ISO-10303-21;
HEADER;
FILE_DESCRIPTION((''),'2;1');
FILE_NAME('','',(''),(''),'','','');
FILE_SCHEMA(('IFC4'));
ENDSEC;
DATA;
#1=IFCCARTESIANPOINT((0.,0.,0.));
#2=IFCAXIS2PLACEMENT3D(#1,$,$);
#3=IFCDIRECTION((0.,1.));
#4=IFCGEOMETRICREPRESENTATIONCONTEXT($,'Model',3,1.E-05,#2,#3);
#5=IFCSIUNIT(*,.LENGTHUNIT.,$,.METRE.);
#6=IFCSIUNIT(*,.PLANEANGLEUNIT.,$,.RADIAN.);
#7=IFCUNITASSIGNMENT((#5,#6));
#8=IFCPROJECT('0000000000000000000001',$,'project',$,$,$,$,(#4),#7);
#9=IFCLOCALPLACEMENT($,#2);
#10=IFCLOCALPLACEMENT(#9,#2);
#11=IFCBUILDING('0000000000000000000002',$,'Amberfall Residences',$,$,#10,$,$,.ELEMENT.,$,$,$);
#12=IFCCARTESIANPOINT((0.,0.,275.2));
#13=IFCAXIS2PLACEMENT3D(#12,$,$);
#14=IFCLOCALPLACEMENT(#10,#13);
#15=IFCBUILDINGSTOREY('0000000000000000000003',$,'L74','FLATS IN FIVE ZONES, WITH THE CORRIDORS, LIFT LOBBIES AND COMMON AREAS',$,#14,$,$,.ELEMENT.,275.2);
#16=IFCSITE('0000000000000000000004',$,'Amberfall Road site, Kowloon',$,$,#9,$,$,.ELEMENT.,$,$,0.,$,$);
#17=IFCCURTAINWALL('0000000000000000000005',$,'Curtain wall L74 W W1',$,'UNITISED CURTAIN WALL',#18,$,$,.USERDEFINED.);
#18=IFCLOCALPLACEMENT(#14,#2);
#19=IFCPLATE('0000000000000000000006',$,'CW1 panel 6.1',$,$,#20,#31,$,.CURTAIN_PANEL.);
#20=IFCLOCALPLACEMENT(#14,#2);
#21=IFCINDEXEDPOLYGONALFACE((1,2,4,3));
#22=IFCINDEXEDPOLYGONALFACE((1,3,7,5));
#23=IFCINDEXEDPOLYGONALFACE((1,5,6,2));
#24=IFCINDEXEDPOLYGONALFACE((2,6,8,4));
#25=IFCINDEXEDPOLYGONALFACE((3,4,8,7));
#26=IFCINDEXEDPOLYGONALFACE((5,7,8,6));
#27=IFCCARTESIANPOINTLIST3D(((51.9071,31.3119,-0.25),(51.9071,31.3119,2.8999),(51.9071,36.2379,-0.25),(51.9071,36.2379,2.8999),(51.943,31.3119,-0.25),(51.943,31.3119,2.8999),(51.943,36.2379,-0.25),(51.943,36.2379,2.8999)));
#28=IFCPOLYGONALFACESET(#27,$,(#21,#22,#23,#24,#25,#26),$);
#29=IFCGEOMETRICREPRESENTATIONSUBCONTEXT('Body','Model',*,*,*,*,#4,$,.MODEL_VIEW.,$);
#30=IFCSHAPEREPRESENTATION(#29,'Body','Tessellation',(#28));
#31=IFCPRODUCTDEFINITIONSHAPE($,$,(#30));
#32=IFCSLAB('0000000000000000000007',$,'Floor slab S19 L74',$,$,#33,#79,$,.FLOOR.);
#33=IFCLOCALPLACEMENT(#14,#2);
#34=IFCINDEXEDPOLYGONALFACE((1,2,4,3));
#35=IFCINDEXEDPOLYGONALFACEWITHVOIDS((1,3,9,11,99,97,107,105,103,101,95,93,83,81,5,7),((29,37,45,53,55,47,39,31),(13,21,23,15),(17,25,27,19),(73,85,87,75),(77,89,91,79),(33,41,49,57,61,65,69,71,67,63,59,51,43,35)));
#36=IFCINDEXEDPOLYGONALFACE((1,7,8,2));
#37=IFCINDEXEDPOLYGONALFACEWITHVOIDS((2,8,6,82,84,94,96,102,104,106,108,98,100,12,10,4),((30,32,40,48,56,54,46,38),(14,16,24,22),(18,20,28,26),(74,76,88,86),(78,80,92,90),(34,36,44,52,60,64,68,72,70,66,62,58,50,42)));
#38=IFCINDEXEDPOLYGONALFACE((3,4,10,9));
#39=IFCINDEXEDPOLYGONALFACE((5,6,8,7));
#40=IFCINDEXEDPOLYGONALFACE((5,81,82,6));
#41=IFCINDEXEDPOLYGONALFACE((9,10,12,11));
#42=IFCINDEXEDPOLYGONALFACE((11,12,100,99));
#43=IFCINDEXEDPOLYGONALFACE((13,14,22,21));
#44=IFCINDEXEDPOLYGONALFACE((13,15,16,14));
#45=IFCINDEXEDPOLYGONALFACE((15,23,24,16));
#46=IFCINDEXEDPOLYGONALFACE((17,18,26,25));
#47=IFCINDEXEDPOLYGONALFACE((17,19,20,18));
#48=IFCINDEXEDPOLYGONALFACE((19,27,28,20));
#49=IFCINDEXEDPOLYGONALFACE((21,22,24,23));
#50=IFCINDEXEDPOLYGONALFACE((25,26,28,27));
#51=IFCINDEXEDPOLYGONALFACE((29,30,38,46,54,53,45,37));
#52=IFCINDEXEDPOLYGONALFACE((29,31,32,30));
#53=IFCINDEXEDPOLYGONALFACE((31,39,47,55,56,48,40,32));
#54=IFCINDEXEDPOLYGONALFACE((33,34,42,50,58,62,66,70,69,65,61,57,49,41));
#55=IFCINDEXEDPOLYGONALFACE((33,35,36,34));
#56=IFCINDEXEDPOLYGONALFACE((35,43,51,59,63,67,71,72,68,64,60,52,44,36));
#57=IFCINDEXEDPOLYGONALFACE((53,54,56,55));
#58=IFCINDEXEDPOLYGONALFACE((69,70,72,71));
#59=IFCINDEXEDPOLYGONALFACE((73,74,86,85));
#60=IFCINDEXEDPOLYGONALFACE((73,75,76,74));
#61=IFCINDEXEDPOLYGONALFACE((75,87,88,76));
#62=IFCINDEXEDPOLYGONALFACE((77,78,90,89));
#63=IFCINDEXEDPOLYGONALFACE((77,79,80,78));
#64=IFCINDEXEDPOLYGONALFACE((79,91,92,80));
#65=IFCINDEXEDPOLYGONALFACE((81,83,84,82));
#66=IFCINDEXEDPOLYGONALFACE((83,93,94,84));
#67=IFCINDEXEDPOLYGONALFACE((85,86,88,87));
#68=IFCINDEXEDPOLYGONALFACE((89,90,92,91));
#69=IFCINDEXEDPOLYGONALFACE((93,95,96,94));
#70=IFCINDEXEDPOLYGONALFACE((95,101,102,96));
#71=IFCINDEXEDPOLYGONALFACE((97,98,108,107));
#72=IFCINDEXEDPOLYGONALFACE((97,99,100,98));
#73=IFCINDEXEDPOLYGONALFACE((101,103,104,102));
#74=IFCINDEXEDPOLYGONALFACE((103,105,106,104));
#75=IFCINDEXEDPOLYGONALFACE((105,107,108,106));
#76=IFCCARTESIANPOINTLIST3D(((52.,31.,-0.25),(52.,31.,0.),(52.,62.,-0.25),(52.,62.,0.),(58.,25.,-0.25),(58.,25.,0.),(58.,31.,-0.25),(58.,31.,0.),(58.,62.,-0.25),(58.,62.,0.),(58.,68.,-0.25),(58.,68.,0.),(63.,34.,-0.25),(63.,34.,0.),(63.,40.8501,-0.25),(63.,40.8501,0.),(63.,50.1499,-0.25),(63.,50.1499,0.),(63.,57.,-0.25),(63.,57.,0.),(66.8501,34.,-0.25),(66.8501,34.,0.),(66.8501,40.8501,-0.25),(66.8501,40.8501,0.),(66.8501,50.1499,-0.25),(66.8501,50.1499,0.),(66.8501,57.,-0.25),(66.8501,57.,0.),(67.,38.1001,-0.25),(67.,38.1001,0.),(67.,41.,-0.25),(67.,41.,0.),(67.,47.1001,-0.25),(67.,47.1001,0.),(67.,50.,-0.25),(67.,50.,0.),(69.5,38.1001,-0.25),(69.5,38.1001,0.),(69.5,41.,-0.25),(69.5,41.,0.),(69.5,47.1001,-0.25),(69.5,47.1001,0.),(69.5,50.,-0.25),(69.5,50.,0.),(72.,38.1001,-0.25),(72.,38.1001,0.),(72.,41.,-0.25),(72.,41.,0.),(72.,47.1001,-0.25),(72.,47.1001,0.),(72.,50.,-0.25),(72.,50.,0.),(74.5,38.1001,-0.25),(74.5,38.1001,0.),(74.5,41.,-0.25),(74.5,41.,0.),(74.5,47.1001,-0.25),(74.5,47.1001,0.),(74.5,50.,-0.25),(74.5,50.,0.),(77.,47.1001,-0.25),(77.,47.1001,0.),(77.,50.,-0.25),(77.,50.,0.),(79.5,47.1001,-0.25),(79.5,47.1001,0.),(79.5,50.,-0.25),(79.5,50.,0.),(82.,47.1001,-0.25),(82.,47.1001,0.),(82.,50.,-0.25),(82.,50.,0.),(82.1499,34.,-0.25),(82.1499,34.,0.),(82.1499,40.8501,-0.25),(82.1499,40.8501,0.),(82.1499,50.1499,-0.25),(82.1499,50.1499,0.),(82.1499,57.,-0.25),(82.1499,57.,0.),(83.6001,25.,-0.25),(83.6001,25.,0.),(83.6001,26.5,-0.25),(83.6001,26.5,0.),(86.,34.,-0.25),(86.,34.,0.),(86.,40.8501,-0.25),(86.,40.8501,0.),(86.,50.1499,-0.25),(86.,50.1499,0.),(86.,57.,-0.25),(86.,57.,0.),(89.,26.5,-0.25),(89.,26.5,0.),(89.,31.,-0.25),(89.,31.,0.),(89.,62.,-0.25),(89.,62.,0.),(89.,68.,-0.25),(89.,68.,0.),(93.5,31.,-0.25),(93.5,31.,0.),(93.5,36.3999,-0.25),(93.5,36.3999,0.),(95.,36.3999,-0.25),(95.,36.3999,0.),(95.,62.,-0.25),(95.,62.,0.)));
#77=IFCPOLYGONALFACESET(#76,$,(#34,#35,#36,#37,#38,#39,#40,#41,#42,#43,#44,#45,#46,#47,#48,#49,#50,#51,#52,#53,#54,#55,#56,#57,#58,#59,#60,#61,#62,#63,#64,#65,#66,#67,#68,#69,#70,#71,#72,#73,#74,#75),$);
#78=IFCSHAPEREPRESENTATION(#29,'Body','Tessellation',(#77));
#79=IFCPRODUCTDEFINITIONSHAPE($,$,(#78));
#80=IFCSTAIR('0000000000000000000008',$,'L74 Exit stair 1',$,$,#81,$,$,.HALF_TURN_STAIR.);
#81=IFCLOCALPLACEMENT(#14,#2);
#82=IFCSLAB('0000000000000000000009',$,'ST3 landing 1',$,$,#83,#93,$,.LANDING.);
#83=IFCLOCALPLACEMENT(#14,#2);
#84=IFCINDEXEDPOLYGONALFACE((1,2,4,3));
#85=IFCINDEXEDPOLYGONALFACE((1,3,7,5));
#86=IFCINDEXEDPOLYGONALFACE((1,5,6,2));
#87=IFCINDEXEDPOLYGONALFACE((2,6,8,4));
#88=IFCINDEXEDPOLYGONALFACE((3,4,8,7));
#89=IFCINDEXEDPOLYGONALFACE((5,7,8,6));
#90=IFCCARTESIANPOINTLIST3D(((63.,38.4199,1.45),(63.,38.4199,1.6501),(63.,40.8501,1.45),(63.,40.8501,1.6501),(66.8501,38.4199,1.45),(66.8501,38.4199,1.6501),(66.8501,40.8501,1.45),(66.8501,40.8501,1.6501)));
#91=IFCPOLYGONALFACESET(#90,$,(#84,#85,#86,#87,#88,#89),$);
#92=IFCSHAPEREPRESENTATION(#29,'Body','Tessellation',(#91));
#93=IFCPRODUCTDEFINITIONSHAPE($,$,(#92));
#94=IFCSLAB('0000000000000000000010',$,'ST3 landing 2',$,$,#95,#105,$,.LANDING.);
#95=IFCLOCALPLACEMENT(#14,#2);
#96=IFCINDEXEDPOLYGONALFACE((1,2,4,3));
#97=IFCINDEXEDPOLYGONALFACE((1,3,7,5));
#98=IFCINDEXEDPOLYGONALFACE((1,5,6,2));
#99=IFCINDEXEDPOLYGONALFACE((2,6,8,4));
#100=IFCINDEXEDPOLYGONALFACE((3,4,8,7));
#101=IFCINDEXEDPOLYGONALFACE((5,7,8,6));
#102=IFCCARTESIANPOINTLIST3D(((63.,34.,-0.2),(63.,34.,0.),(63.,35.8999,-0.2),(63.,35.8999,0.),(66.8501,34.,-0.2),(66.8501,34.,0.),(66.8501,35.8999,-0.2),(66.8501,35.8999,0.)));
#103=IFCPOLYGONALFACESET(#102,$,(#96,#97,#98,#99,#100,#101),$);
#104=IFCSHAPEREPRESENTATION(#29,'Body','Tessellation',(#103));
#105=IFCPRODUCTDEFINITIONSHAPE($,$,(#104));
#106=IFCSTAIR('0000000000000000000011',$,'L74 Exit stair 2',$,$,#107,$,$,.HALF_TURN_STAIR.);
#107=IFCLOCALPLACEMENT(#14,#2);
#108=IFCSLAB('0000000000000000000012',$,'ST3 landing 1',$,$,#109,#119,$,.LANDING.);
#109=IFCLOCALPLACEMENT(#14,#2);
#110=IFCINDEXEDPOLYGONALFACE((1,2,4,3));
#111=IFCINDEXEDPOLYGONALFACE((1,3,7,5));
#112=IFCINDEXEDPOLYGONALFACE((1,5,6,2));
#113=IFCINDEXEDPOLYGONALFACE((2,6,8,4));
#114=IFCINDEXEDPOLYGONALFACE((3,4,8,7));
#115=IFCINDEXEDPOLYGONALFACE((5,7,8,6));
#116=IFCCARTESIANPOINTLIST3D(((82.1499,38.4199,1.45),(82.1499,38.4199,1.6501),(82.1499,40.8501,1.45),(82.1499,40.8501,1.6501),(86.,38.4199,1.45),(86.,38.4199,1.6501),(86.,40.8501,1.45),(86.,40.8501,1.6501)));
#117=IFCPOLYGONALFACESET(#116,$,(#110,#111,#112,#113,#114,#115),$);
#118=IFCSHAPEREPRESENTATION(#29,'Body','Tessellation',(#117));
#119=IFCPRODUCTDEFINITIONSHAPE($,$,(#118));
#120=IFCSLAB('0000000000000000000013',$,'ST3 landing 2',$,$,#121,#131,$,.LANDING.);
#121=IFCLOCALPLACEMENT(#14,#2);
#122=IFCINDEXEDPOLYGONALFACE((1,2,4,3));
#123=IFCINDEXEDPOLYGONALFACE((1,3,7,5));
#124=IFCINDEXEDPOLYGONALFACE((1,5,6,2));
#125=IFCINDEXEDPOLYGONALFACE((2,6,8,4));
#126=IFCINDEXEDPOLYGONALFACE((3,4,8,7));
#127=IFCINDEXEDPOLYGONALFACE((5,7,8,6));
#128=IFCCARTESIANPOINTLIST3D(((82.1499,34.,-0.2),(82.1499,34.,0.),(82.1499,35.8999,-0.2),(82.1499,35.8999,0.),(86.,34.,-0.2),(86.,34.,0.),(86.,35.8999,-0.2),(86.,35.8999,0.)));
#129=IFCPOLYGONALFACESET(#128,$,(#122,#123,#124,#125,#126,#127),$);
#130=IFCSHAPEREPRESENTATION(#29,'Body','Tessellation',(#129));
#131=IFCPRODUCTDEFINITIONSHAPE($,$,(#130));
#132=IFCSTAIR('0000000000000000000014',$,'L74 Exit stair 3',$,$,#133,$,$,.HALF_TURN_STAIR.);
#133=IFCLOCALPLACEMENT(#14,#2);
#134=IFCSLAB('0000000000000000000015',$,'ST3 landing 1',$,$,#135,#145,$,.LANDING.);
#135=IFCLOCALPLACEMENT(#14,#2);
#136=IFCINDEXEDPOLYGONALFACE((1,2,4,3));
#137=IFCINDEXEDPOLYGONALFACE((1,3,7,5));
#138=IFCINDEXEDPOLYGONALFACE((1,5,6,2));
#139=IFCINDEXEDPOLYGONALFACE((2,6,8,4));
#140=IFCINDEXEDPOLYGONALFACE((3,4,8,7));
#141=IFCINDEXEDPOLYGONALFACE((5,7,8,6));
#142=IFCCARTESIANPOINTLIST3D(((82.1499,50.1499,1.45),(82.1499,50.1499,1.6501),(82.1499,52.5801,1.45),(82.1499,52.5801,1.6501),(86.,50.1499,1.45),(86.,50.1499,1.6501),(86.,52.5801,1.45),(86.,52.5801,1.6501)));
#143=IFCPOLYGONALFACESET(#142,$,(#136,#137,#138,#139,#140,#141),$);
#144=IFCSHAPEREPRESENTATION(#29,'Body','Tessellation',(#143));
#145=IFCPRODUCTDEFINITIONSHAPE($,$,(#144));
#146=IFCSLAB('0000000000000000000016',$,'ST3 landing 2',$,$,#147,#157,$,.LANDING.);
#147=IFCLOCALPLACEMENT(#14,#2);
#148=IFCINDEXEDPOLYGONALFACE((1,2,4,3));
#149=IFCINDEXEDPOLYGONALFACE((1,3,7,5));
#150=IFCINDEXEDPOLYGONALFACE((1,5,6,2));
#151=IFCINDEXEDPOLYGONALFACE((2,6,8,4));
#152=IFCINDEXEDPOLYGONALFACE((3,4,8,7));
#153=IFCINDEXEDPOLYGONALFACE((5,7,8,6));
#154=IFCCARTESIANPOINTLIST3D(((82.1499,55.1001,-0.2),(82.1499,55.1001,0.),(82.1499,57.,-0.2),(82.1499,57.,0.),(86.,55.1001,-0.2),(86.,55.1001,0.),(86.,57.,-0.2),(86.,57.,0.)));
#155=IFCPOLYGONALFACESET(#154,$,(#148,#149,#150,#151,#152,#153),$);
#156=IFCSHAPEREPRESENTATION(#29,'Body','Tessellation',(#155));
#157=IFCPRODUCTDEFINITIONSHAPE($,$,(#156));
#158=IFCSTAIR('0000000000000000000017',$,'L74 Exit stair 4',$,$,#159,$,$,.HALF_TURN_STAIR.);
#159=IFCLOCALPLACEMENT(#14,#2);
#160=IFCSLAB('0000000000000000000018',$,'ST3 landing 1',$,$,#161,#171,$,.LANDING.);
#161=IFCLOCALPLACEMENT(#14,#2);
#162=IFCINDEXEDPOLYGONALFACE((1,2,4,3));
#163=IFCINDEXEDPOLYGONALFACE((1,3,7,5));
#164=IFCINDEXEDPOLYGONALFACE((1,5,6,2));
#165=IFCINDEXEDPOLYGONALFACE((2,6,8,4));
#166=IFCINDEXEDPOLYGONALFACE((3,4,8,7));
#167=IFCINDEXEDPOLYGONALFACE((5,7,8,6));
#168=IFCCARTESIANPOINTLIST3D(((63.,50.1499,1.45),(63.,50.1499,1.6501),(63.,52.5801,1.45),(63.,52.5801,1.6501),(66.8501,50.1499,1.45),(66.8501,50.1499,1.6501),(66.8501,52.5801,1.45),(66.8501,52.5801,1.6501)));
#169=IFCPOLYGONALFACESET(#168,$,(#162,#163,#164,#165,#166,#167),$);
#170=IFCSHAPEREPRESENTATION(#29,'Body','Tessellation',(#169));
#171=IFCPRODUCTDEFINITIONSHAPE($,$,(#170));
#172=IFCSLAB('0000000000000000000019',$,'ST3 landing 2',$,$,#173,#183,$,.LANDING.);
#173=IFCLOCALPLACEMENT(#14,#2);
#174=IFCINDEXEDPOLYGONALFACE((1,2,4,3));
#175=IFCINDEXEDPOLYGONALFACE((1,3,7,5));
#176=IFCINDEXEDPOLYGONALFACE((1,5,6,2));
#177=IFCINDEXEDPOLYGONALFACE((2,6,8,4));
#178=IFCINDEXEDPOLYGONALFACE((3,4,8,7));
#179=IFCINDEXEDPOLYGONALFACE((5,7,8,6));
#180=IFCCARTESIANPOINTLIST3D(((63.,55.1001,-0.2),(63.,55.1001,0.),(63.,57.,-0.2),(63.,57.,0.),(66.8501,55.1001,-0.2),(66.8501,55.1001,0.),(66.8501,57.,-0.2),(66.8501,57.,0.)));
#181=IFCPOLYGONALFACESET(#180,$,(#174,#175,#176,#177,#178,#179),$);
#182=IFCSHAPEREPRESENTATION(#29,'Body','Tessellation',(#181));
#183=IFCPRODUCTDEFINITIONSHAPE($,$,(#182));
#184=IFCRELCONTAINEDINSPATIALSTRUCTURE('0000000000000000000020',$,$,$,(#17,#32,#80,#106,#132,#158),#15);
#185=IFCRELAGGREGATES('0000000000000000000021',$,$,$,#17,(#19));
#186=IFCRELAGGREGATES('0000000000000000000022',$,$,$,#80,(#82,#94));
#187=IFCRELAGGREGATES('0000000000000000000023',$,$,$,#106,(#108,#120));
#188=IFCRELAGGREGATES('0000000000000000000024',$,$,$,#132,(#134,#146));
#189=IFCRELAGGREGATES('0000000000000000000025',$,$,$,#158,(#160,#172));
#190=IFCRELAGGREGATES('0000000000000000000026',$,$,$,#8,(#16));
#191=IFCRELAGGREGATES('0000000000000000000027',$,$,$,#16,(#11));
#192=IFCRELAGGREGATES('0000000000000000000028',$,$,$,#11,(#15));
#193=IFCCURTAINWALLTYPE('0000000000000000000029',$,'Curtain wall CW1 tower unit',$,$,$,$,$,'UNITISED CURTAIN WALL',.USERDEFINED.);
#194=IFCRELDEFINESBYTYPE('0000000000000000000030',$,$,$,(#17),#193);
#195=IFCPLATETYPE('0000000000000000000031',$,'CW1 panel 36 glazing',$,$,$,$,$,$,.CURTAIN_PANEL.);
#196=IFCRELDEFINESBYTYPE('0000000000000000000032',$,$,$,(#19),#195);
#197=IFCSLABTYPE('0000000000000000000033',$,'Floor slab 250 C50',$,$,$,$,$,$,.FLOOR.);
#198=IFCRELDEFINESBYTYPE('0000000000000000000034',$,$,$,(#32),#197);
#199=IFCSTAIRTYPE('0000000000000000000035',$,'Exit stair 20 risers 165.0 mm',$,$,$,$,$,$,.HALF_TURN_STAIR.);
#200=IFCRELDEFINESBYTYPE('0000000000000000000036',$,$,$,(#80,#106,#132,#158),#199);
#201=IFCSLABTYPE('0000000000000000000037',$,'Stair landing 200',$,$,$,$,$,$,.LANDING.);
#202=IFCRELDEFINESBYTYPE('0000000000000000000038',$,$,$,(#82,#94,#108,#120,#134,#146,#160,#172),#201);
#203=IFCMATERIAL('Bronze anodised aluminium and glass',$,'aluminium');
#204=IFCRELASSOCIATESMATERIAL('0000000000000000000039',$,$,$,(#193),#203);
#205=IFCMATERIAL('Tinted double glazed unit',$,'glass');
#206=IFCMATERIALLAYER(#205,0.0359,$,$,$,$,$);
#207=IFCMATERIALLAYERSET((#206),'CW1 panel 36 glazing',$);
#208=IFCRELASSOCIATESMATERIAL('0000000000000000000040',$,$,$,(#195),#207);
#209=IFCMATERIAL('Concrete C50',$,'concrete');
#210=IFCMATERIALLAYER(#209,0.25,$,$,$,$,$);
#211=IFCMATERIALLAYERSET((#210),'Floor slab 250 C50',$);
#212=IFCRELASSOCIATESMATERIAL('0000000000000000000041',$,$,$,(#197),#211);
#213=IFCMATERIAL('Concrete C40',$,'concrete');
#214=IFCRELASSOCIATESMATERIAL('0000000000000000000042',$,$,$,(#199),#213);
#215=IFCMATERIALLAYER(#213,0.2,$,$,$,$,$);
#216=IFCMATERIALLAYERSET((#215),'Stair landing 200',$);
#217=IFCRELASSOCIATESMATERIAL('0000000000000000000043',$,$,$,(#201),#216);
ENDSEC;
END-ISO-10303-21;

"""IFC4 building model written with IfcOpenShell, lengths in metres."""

from ifc_helpers import new_model, si_unit, direction, frame, origin, origin_2d, place, context, subcontext, project, spatial, polyline, rectangle, outline, extrude, material, layer, layer_set, type_object, element, aggregate, save


model = new_model("IFC4")

# Units and contexts
model_context = context("Model", 3, precision=1e-05, world=origin(), true_north=direction((0.0, 1.0)))
body_context = subcontext(model_context, "Body", "Model", "MODEL_VIEW")
ifc_project = project(units=[si_unit("LENGTHUNIT", "METRE"), si_unit("PLANEANGLEUNIT", "RADIAN")], contexts=[model_context])

# Site, building, storey
site_placement = place(None, origin())
site = spatial("IfcSite", under=ifc_project, at=site_placement, Name="Amberfall Road site, Kowloon", CompositionType="ELEMENT", RefElevation=0.0)
building_placement = place(site_placement, origin())
building = spatial("IfcBuilding", under=site, at=building_placement, Name="Amberfall Residences", CompositionType="ELEMENT")
storey_placement = place(building_placement, frame((0.0, 0.0, 275.2)))
storey = spatial("IfcBuildingStorey", under=building, at=storey_placement, Name="L74", Description="FLATS IN FIVE ZONES, WITH THE CORRIDORS, LIFT LOBBIES AND COMMON AREAS", CompositionType="ELEMENT", Elevation=275.2)

# Shared definitions
ifc_material_1 = material(Name="Concrete C50", Category="concrete")

# Curtain wall
ifc_material_2 = material(Name="Bronze anodised aluminium and glass", Category="aluminium")
curtain_wall_type = type_object("IfcCurtainWallType", Name="Curtain wall CW1 tower unit", ElementType="UNITISED CURTAIN WALL", PredefinedType="USERDEFINED", material=ifc_material_2)
curtain_wall_placement = place(storey_placement, origin())
curtain_wall = element("IfcCurtainWall", 1, at=curtain_wall_placement, inside=storey, type_object=curtain_wall_type, Name="Curtain wall L74 W W1", ObjectType="UNITISED CURTAIN WALL", PredefinedType="USERDEFINED")

# Plate
ifc_material_3 = material(Name="Tinted double glazed unit", Category="glass")
ifc_layer_1 = layer(ifc_material_3, 0.0359)
ifc_layer_set_1 = layer_set([ifc_layer_1], Name="CW1 panel 36 glazing")
plate_type = type_object("IfcPlateType", Name="CW1 panel 36 glazing", PredefinedType="CURTAIN_PANEL", material=ifc_layer_set_1)
plate_1_placement = place(storey_placement, frame((51.925, 33.7749, -0.25), z_axis=(0.0, 0.0, 1.0), x_axis=(0.0, -1.0, 0.0)))
plate_1 = element("IfcPlate", 2, at=plate_1_placement, type_object=plate_type, Name="CW1 panel 6.1", PredefinedType="CURTAIN_PANEL", context=body_context, shape_type="SweptSolid", body=[
    extrude(rectangle(XDim=4.926, YDim=0.0359, at=origin_2d()), origin(), (0.0, 0.0, 1.0), 3.1499),
])
aggregate(curtain_wall, [plate_1])

# Slab
ifc_layer_2 = layer(ifc_material_1, 0.25)
ifc_layer_set_2 = layer_set([ifc_layer_2], Name="Floor slab 250 C50")
slab_type_1 = type_object("IfcSlabType", Name="Floor slab 250 C50", PredefinedType="FLOOR", material=ifc_layer_set_2)
slab_1_placement = place(storey_placement, frame((0.0, 0.0, -0.25)))
element("IfcSlab", 3, at=slab_1_placement, inside=storey, type_object=slab_type_1, Name="Floor slab S19 L74", PredefinedType="FLOOR", context=body_context, shape_type="SweptSolid", body=[
    extrude(outline(polyline([(83.6001, 26.5), (83.6001, 25.0), (58.0, 25.0), (58.0, 31.0), (52.0, 31.0), (52.0, 62.0), (58.0, 62.0), (58.0, 68.0), (89.0, 68.0), (89.0, 62.0), (95.0, 62.0), (95.0, 36.3999), (93.5, 36.3999), (93.5, 31.0), (89.0, 31.0), (89.0, 26.5), (83.6001, 26.5)]), holes=[polyline([(86.0, 34.0), (86.0, 40.8501), (82.1499, 40.8501), (82.1499, 34.0), (86.0, 34.0)]), polyline([(86.0, 50.1499), (86.0, 57.0), (82.1499, 57.0), (82.1499, 50.1499), (86.0, 50.1499)]), polyline([(67.0, 50.0), (67.0, 47.1001), (69.5, 47.1001), (72.0, 47.1001), (74.5, 47.1001), (77.0, 47.1001), (79.5, 47.1001), (82.0, 47.1001), (82.0, 50.0), (79.5, 50.0), (77.0, 50.0), (74.5, 50.0), (72.0, 50.0), (69.5, 50.0), (67.0, 50.0)]), polyline([(69.5, 41.0), (67.0, 41.0), (67.0, 38.1001), (69.5, 38.1001), (72.0, 38.1001), (74.5, 38.1001), (74.5, 41.0), (72.0, 41.0), (69.5, 41.0)]), polyline([(66.8501, 40.8501), (63.0, 40.8501), (63.0, 34.0), (66.8501, 34.0), (66.8501, 40.8501)]), polyline([(66.8501, 57.0), (63.0, 57.0), (63.0, 50.1499), (66.8501, 50.1499), (66.8501, 57.0)])]), origin(), (0.0, 0.0, 1.0), 0.25),
])

# Stairs, slabs
ifc_material_4 = material(Name="Concrete C40", Category="concrete")
stair_type = type_object("IfcStairType", Name="Exit stair 20 risers 165.0 mm", PredefinedType="HALF_TURN_STAIR", material=ifc_material_4)
stair_1_placement = place(storey_placement, origin())
stair_1 = element("IfcStair", 4, at=stair_1_placement, inside=storey, type_object=stair_type, Name="L74 Exit stair 1", PredefinedType="HALF_TURN_STAIR")
ifc_layer_3 = layer(ifc_material_4, 0.2)
ifc_layer_set_3 = layer_set([ifc_layer_3], Name="Stair landing 200")
slab_type_2 = type_object("IfcSlabType", Name="Stair landing 200", PredefinedType="LANDING", material=ifc_layer_set_3)
slab_2_placement = place(storey_placement, frame((0.0, 0.0, 1.45)))
slab_2 = element("IfcSlab", 5, at=slab_2_placement, type_object=slab_type_2, Name="ST3 landing 1", PredefinedType="LANDING", context=body_context, shape_type="SweptSolid", body=[
    extrude(outline(polyline([(66.8501, 38.4199), (66.8501, 40.8501), (63.0, 40.8501), (63.0, 38.4199), (66.8501, 38.4199)])), origin(), (0.0, 0.0, 1.0), 0.2002),
])
slab_3_placement = place(storey_placement, frame((0.0, 0.0, -0.2)))
slab_3 = element("IfcSlab", 6, at=slab_3_placement, type_object=slab_type_2, Name="ST3 landing 2", PredefinedType="LANDING", context=body_context, shape_type="SweptSolid", body=[
    extrude(outline(polyline([(66.8501, 34.0), (66.8501, 35.8999), (63.0, 35.8999), (63.0, 34.0), (66.8501, 34.0)])), origin(), (0.0, 0.0, 1.0), 0.2),
])
aggregate(stair_1, [slab_2, slab_3])
stair_2_placement = place(storey_placement, origin())
stair_2 = element("IfcStair", 7, at=stair_2_placement, inside=storey, type_object=stair_type, Name="L74 Exit stair 2", PredefinedType="HALF_TURN_STAIR")
slab_4_placement = place(storey_placement, frame((0.0, 0.0, 1.45)))
slab_4 = element("IfcSlab", 8, at=slab_4_placement, type_object=slab_type_2, Name="ST3 landing 1", PredefinedType="LANDING", context=body_context, shape_type="SweptSolid", body=[
    extrude(outline(polyline([(86.0, 38.4199), (86.0, 40.8501), (82.1499, 40.8501), (82.1499, 38.4199), (86.0, 38.4199)])), origin(), (0.0, 0.0, 1.0), 0.2002),
])
slab_5_placement = place(storey_placement, frame((0.0, 0.0, -0.2)))
slab_5 = element("IfcSlab", 9, at=slab_5_placement, type_object=slab_type_2, Name="ST3 landing 2", PredefinedType="LANDING", context=body_context, shape_type="SweptSolid", body=[
    extrude(outline(polyline([(86.0, 34.0), (86.0, 35.8999), (82.1499, 35.8999), (82.1499, 34.0), (86.0, 34.0)])), origin(), (0.0, 0.0, 1.0), 0.2),
])
aggregate(stair_2, [slab_4, slab_5])
stair_3_placement = place(storey_placement, origin())
stair_3 = element("IfcStair", 10, at=stair_3_placement, inside=storey, type_object=stair_type, Name="L74 Exit stair 3", PredefinedType="HALF_TURN_STAIR")
slab_6_placement = place(storey_placement, frame((0.0, 0.0, 1.45)))
slab_6 = element("IfcSlab", 11, at=slab_6_placement, type_object=slab_type_2, Name="ST3 landing 1", PredefinedType="LANDING", context=body_context, shape_type="SweptSolid", body=[
    extrude(outline(polyline([(82.1499, 52.5801), (82.1499, 50.1499), (86.0, 50.1499), (86.0, 52.5801), (82.1499, 52.5801)])), origin(), (0.0, 0.0, 1.0), 0.2002),
])
slab_7_placement = place(storey_placement, frame((0.0, 0.0, -0.2)))
slab_7 = element("IfcSlab", 12, at=slab_7_placement, type_object=slab_type_2, Name="ST3 landing 2", PredefinedType="LANDING", context=body_context, shape_type="SweptSolid", body=[
    extrude(outline(polyline([(82.1499, 57.0), (82.1499, 55.1001), (86.0, 55.1001), (86.0, 57.0), (82.1499, 57.0)])), origin(), (0.0, 0.0, 1.0), 0.2),
])
aggregate(stair_3, [slab_6, slab_7])
stair_4_placement = place(storey_placement, origin())
stair_4 = element("IfcStair", 13, at=stair_4_placement, inside=storey, type_object=stair_type, Name="L74 Exit stair 4", PredefinedType="HALF_TURN_STAIR")
slab_8_placement = place(storey_placement, frame((0.0, 0.0, 1.45)))
slab_8 = element("IfcSlab", 14, at=slab_8_placement, type_object=slab_type_2, Name="ST3 landing 1", PredefinedType="LANDING", context=body_context, shape_type="SweptSolid", body=[
    extrude(outline(polyline([(63.0, 52.5801), (63.0, 50.1499), (66.8501, 50.1499), (66.8501, 52.5801), (63.0, 52.5801)])), origin(), (0.0, 0.0, 1.0), 0.2002),
])
slab_9_placement = place(storey_placement, frame((0.0, 0.0, -0.2)))
slab_9 = element("IfcSlab", 15, at=slab_9_placement, type_object=slab_type_2, Name="ST3 landing 2", PredefinedType="LANDING", context=body_context, shape_type="SweptSolid", body=[
    extrude(outline(polyline([(63.0, 57.0), (63.0, 55.1001), (66.8501, 55.1001), (66.8501, 57.0), (63.0, 57.0)])), origin(), (0.0, 0.0, 1.0), 0.2),
])
aggregate(stair_4, [slab_8, slab_9])

save(model, "model.ifc")
